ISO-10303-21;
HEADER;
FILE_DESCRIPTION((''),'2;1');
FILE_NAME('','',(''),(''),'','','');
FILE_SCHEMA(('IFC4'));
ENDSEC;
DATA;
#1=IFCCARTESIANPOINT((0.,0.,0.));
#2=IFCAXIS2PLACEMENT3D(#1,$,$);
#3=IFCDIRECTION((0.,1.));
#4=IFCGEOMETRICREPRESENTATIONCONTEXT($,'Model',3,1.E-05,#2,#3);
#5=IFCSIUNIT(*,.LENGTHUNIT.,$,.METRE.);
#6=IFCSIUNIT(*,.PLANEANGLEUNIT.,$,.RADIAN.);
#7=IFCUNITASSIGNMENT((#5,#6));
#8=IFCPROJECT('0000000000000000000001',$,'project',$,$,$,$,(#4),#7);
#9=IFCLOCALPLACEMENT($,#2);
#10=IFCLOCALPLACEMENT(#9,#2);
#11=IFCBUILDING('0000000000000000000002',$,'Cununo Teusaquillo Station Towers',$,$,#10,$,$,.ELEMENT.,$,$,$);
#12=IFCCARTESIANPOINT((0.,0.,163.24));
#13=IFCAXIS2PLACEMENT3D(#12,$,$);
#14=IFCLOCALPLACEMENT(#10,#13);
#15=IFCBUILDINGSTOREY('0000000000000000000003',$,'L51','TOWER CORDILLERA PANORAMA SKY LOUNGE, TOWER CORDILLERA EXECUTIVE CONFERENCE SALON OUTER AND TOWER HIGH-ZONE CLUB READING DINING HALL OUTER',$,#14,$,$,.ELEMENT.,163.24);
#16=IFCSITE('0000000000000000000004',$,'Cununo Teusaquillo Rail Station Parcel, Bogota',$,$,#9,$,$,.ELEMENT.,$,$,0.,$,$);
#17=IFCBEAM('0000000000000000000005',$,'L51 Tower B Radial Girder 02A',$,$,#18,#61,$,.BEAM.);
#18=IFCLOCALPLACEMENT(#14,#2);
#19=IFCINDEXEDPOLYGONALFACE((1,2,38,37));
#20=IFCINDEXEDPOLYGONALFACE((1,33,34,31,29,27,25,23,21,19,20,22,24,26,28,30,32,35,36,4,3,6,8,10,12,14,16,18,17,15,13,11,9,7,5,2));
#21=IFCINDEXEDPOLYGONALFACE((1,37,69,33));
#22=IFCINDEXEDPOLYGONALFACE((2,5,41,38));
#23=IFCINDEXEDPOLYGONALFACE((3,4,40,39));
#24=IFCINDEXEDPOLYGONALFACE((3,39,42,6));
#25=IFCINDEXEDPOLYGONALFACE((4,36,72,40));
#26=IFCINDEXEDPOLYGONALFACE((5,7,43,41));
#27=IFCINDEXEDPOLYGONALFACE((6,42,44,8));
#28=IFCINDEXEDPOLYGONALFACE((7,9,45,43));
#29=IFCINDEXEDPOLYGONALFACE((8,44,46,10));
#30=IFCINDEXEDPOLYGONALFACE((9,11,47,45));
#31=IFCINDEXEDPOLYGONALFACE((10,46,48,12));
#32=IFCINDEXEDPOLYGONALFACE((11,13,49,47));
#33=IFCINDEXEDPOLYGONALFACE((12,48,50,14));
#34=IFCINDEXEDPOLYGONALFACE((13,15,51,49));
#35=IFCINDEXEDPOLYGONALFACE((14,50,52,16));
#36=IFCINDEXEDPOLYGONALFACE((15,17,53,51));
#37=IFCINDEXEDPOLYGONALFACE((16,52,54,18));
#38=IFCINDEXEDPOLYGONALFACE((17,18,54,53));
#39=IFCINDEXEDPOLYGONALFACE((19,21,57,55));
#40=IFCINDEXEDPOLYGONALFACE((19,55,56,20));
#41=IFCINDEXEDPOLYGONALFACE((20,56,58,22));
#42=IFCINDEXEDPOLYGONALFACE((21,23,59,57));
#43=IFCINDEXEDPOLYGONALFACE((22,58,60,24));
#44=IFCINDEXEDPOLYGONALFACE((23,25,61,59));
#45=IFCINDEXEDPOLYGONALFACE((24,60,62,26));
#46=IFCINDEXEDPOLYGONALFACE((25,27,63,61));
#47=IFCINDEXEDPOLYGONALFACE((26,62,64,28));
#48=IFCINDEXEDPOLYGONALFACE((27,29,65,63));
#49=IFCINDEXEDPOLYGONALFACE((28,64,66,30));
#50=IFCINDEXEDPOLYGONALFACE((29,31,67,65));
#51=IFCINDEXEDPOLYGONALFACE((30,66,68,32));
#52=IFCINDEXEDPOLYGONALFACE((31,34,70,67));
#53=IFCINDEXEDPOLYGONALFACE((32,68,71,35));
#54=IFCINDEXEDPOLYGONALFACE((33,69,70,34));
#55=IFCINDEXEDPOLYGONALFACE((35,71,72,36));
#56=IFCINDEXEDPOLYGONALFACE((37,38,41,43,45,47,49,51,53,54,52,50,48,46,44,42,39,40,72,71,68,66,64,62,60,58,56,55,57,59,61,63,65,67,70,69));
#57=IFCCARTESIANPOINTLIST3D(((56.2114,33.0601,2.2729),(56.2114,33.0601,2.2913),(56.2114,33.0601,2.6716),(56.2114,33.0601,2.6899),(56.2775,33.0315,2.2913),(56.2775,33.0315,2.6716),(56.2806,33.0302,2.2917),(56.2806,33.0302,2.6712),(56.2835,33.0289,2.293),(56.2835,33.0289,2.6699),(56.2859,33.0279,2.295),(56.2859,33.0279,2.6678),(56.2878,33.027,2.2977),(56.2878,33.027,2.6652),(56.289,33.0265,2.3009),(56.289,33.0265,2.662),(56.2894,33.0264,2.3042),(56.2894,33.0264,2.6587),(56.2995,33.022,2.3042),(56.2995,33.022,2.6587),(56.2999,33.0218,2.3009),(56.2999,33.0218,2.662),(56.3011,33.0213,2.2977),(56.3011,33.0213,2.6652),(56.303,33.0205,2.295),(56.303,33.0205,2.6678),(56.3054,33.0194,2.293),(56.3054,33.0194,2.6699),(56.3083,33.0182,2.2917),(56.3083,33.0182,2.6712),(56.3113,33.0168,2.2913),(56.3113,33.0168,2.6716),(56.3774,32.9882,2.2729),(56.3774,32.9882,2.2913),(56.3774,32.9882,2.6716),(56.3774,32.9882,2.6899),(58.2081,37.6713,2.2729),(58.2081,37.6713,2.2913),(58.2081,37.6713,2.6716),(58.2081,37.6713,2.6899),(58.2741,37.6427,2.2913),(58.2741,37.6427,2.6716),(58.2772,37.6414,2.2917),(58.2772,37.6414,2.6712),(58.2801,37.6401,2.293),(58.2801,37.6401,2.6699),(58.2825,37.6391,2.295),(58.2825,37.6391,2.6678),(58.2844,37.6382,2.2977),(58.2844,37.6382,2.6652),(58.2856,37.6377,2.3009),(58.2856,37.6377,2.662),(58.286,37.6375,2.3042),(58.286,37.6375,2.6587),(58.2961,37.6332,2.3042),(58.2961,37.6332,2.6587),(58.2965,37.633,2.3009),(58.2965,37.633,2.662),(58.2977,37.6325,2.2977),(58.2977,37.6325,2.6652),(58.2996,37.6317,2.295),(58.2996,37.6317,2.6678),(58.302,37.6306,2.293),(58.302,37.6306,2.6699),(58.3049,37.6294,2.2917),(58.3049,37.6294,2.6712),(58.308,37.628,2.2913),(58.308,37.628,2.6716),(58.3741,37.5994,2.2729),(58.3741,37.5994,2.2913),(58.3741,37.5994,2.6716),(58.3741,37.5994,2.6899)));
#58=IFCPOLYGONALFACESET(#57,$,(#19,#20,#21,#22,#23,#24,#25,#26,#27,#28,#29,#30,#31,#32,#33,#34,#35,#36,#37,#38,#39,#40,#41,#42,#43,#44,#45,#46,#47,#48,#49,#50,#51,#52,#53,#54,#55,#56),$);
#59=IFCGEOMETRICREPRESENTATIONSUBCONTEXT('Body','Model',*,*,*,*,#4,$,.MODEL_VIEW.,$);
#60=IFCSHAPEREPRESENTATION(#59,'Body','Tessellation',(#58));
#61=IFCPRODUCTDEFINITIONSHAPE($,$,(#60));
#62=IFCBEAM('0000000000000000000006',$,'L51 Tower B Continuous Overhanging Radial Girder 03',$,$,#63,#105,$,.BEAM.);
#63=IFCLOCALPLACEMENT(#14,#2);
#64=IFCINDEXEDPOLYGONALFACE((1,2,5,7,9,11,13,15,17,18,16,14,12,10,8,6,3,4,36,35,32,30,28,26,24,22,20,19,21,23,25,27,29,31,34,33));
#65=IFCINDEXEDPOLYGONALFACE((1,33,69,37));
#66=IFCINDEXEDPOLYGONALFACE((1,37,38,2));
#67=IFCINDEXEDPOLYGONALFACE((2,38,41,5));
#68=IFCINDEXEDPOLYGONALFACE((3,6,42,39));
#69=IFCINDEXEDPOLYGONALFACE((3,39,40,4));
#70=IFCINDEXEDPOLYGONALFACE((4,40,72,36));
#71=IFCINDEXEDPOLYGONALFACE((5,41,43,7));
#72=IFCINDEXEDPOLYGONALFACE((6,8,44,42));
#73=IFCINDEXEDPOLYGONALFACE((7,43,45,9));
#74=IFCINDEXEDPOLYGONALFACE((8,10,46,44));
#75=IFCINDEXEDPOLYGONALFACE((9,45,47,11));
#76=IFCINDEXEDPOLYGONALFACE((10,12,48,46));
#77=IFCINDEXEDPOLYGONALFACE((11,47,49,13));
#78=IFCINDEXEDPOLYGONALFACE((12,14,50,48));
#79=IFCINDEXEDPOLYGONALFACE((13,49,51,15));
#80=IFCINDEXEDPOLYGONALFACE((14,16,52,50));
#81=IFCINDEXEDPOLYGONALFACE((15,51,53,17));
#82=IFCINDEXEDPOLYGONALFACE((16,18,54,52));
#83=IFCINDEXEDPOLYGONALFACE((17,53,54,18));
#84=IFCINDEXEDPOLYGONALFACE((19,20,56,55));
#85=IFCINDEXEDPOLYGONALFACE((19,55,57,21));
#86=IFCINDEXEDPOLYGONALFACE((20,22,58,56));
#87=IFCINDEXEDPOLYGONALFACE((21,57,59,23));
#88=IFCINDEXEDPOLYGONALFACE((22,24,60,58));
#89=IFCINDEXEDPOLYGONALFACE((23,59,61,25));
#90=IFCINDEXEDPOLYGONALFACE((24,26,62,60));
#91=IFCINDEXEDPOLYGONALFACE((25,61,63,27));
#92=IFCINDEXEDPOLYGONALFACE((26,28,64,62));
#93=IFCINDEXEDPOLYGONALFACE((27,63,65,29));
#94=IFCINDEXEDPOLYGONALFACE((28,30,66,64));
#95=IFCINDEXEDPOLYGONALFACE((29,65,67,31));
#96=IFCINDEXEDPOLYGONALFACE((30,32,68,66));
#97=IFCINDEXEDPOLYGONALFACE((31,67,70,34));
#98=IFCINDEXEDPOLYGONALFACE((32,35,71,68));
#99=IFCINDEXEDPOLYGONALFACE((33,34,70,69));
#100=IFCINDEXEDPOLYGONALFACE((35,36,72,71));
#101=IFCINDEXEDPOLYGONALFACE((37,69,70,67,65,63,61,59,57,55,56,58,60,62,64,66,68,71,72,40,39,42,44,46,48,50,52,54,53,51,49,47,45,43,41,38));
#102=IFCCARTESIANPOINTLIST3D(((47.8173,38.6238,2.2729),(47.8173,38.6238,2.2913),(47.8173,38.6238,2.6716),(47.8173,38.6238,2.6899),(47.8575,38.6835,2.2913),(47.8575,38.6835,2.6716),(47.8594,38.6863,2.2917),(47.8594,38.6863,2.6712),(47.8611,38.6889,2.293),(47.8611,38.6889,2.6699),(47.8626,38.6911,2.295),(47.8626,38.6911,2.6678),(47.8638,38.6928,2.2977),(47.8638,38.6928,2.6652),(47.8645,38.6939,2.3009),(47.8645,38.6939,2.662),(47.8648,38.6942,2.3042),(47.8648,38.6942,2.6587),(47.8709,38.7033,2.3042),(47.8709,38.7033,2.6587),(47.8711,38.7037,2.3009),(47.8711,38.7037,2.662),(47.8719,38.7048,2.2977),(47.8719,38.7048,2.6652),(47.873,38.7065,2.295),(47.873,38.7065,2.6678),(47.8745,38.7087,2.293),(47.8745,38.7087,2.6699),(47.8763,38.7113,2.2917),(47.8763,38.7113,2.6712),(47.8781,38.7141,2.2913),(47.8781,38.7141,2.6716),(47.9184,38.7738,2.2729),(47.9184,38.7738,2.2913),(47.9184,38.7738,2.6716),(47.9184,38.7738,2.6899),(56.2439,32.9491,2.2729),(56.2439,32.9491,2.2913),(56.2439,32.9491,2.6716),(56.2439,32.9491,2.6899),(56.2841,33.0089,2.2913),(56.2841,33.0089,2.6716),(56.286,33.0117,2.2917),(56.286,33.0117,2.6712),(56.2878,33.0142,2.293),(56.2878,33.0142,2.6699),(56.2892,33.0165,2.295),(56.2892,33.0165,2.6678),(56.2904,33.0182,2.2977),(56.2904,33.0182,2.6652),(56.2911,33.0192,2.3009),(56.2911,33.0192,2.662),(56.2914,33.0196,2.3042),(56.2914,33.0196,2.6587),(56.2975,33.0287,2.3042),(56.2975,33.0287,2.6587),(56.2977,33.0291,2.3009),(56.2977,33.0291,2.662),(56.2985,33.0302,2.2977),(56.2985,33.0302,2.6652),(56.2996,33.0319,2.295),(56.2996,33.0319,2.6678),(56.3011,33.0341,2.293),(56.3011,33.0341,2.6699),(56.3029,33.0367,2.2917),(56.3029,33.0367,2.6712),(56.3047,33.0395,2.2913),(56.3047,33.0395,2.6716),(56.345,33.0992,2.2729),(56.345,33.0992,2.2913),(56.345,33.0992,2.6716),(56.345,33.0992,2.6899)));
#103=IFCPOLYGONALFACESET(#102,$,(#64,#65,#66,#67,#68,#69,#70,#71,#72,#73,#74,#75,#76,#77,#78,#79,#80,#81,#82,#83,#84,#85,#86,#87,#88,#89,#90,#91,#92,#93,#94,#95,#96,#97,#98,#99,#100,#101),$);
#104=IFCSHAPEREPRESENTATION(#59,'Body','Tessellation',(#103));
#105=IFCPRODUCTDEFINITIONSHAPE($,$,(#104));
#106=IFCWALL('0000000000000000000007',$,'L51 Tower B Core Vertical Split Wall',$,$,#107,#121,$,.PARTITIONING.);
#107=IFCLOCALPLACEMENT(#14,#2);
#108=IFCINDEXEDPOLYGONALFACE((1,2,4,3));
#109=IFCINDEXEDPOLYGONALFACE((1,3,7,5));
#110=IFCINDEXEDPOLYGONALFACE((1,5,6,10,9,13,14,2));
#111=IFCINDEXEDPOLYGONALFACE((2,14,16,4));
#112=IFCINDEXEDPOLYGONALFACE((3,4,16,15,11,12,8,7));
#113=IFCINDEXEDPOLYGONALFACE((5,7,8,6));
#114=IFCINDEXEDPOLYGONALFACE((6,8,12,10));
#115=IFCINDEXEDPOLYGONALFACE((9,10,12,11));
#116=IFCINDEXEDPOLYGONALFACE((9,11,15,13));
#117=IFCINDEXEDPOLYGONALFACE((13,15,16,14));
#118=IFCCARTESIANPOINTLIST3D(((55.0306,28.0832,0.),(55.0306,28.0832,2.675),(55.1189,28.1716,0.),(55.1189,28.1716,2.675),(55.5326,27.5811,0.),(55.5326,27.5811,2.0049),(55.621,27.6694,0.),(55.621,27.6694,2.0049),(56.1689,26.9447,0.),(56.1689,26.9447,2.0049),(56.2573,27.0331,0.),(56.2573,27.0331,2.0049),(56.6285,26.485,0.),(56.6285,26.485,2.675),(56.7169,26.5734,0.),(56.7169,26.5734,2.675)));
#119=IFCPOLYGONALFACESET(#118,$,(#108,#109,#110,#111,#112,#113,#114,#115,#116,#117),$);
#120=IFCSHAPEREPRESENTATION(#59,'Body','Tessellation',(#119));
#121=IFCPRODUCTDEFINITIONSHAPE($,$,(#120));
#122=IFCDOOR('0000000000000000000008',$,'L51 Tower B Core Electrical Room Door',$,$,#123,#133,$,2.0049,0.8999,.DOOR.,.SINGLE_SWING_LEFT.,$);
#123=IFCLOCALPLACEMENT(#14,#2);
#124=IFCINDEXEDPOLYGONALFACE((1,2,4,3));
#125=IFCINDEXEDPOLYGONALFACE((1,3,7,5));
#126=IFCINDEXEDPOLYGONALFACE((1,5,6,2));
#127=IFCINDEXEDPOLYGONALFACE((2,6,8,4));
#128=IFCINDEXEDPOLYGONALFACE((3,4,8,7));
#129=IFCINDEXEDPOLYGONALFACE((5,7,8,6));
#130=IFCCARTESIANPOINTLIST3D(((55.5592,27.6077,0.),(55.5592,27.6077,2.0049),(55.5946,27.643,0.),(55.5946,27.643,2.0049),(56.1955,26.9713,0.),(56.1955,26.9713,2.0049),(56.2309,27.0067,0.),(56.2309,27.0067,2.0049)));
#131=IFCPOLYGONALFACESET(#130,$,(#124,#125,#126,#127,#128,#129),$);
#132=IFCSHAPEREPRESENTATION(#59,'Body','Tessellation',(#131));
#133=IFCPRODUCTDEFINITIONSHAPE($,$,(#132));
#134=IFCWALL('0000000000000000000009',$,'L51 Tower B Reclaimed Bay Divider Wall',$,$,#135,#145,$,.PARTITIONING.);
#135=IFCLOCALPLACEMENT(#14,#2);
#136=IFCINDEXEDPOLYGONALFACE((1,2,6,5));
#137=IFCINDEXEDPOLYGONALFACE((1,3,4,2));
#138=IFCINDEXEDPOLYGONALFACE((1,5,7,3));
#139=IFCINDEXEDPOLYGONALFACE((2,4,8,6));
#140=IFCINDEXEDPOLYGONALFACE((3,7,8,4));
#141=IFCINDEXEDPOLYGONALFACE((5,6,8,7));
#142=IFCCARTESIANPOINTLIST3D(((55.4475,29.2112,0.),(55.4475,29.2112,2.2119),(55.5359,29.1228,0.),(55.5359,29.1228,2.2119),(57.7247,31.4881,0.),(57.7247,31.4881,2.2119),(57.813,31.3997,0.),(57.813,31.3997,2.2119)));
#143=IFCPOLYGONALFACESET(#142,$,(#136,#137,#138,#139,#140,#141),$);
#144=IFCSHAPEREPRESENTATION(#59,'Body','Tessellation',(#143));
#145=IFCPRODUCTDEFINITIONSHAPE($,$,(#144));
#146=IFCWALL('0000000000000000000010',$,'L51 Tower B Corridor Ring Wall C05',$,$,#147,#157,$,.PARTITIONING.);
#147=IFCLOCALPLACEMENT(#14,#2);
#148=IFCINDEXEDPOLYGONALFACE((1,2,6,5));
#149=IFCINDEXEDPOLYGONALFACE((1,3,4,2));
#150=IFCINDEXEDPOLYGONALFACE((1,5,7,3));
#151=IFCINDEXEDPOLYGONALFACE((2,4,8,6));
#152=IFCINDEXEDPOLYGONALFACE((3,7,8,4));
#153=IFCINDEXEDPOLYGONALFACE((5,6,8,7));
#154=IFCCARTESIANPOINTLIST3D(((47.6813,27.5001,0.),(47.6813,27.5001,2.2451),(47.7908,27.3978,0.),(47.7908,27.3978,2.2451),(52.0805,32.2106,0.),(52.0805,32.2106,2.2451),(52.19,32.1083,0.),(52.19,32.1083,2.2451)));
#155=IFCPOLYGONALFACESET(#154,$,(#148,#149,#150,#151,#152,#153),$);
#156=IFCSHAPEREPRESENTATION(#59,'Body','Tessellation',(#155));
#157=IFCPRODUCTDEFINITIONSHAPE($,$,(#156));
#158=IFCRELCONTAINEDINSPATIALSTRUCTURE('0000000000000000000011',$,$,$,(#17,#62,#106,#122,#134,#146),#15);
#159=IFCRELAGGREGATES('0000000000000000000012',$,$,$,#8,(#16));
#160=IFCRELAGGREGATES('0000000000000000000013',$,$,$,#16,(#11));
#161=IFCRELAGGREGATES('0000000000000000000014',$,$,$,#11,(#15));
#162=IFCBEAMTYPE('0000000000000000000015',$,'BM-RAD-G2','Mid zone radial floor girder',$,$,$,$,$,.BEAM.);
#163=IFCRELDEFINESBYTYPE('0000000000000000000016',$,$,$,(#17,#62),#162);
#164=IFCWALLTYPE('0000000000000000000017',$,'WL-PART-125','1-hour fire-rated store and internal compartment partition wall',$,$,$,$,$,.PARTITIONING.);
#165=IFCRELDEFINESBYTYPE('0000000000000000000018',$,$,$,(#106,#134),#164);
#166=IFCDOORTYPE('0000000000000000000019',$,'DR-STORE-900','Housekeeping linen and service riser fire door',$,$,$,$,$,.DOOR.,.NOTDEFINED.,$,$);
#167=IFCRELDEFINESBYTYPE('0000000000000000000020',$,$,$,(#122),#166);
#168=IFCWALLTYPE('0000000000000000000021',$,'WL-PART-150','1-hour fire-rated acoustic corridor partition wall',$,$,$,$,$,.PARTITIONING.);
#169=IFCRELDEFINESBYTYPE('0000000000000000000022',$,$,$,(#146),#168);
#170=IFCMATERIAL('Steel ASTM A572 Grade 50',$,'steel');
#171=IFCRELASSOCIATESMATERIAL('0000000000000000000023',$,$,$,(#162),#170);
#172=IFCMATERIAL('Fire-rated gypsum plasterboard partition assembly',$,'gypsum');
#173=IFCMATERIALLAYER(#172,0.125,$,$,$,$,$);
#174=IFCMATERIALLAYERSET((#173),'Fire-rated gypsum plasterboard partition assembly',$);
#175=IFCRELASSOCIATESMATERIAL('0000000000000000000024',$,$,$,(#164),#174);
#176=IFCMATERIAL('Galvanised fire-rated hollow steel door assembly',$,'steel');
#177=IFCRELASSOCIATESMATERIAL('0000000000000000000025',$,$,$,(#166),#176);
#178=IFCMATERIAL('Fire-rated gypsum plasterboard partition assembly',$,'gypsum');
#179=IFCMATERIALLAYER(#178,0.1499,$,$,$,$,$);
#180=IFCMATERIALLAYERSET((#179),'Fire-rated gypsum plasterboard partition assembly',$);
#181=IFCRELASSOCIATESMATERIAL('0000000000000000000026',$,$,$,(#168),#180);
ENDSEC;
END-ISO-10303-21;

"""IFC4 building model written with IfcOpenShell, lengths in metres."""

from ifc_helpers import new_model, si_unit, direction, frame, frame_2d, origin, origin_2d, place, context, subcontext, project, spatial, rectangle, i_section, extrude, source, transform, mapped, material, layer, layer_set, material_profile, profile_set, type_object, element, fill, save


model = new_model("IFC4")

# Units and contexts
model_context = context("Model", 3, precision=1e-05, world=origin(), true_north=direction((0.0, 1.0)))
body_context = subcontext(model_context, "Body", "Model", "MODEL_VIEW")
ifc_project = project(units=[si_unit("LENGTHUNIT", "METRE"), si_unit("PLANEANGLEUNIT", "RADIAN")], contexts=[model_context])

# Site, building, storey
site_placement = place(None, origin())
site = spatial("IfcSite", under=ifc_project, at=site_placement, Name="Cununo Teusaquillo Rail Station Parcel, Bogota", CompositionType="ELEMENT", RefElevation=0.0)
building_placement = place(site_placement, origin())
building = spatial("IfcBuilding", under=site, at=building_placement, Name="Cununo Teusaquillo Station Towers", CompositionType="ELEMENT")
storey_placement = place(building_placement, frame((0.0, 0.0, 163.24)))
storey = spatial("IfcBuildingStorey", under=building, at=storey_placement, Name="L51", Description="TOWER CORDILLERA PANORAMA SKY LOUNGE, TOWER CORDILLERA EXECUTIVE CONFERENCE SALON OUTER AND TOWER HIGH-ZONE CLUB READING DINING HALL OUTER", CompositionType="ELEMENT", Elevation=163.24)

# Beams
ifc_material_1 = material(Name="Steel ASTM A572 Grade 50", Category="steel")
ifc_material_profile_1 = material_profile(ifc_material_1, i_section(OverallWidth=0.1809, OverallDepth=0.417, WebThickness=0.011, FlangeThickness=0.0183, FilletRadius=0.0129, at=origin_2d()), Name="W16X57")
ifc_profile_set_1 = profile_set([ifc_material_profile_1], Name="Steel ASTM A572 Grade 50")
beam_type_1 = type_object("IfcBeamType", Name="BM-RAD-G2", Description="Mid zone radial floor girder", PredefinedType="BEAM", material=ifc_profile_set_1)
beam_1_placement = place(storey_placement, frame((56.2944, 33.0242, 2.4814), z_axis=(0.397347, 0.917668, 0.0), x_axis=(-0.917668, 0.397347, 0.0)))
element("IfcBeam", 1, at=beam_1_placement, inside=storey, type_object=beam_type_1, Name="L51 Tower B Radial Girder 02A", PredefinedType="BEAM", context=body_context, shape_type="SweptSolid", body=[
    extrude(i_section(OverallWidth=0.1809, OverallDepth=0.417, WebThickness=0.011, FlangeThickness=0.0183, FilletRadius=0.0129, at=origin_2d()), origin(), (0.0, 0.0, 1.0), 5.0249),
])
beam_2_placement = place(storey_placement, frame((56.2944, 33.0242, 2.4814), z_axis=(-0.829457, 0.558571, 0.0), x_axis=(-0.558571, -0.829457, 0.0)))
element("IfcBeam", 2, at=beam_2_placement, inside=storey, type_object=beam_type_1, Name="L51 Tower B Continuous Overhanging Radial Girder 03", PredefinedType="BEAM", context=body_context, shape_type="SweptSolid", body=[
    extrude(i_section(OverallWidth=0.1809, OverallDepth=0.417, WebThickness=0.011, FlangeThickness=0.0183, FilletRadius=0.0129, at=origin_2d()), origin(), (0.0, 0.0, 1.0), 10.1592),
])

# Wall, opening, door
ifc_material_2 = material(Name="Fire-rated gypsum plasterboard partition assembly", Category="gypsum")
ifc_layer_1 = layer(ifc_material_2, 0.125)
ifc_layer_set_1 = layer_set([ifc_layer_1], Name="Fire-rated gypsum plasterboard partition assembly")
wall_type_1 = type_object("IfcWallType", Name="WL-PART-125", Description="1-hour fire-rated store and internal compartment partition wall", PredefinedType="PARTITIONING", material=ifc_layer_set_1)
wall_1_placement = place(storey_placement, frame((56.6726, 26.5293, 0.0), z_axis=(0.0, 0.0, 1.0), x_axis=(-0.707053, 0.707161, 0.0)))
wall_1 = element("IfcWall", 3, at=wall_1_placement, inside=storey, type_object=wall_type_1, Name="L51 Tower B Core Vertical Split Wall", PredefinedType="PARTITIONING", context=body_context, shape_type="SweptSolid", body=[
    extrude(rectangle(XDim=2.26, YDim=0.125, at=frame_2d((1.1299, 0.0))), origin(), (0.0, 0.0, 1.0), 2.675),
])
shared_shape_1 = source(origin(), body_context, "Body", "SweptSolid", [
    extrude(rectangle(XDim=0.8999, YDim=2.0049, at=frame_2d((0.45, 1.0024))), frame((0.0, 0.0725, 0.0), z_axis=(0.0, -1.0, 0.0), x_axis=(1.0, 0.0, 0.0)), (0.0, 0.0, 1.0), 0.145),
])
opening_1_placement = place(wall_1_placement, frame((0.6499, 0.0, 0.0)))
opening_1 = element("IfcOpeningElement", 4, at=opening_1_placement, cuts=wall_1, PredefinedType="OPENING", context=body_context, shape_type="MappedRepresentation", body=[
    mapped(shared_shape_1, transform((0.0, 0.0, 0.0), x_axis=(1.0, 0.0, 0.0), y_axis=(0.0, 1.0, 0.0), z_axis=(0.0, 0.0, 1.0), scale=1.0)),
])
ifc_material_3 = material(Name="Galvanised fire-rated hollow steel door assembly", Category="steel")
door_type_1 = type_object("IfcDoorType", Name="DR-STORE-900", Description="Housekeeping linen and service riser fire door", OperationType="NOTDEFINED", PredefinedType="DOOR", material=ifc_material_3)
shared_shape_2 = source(origin(), body_context, "Body", "SweptSolid", [
    extrude(rectangle(XDim=0.8999, YDim=2.0049, at=frame_2d((0.45, 1.0024))), frame((0.0, 0.0249, 0.0), z_axis=(0.0, -1.0, 0.0), x_axis=(1.0, 0.0, 0.0)), (0.0, 0.0, 1.0), 0.05),
])
door_1_placement = place(opening_1_placement, origin())
door_1 = element("IfcDoor", 5, at=door_1_placement, inside=storey, type_object=door_type_1, Name="L51 Tower B Core Electrical Room Door", OperationType="SINGLE_SWING_LEFT", OverallHeight=2.0049, OverallWidth=0.8999, PredefinedType="DOOR", context=body_context, shape_type="MappedRepresentation", body=[
    mapped(shared_shape_2, transform((0.0, 0.0, 0.0), x_axis=(1.0, 0.0, 0.0), y_axis=(0.0, 1.0, 0.0), z_axis=(0.0, 0.0, 1.0), scale=1.0)),
])
fill(opening_1, door_1)

# Walls
wall_2_placement = place(storey_placement, frame((55.4917, 29.167, 0.0), z_axis=(0.0, 0.0, 1.0), x_axis=(0.707145, 0.707069, 0.0)))
element("IfcWall", 6, at=wall_2_placement, inside=storey, type_object=wall_type_1, Name="L51 Tower B Reclaimed Bay Divider Wall", PredefinedType="PARTITIONING", context=body_context, shape_type="SweptSolid", body=[
    extrude(rectangle(XDim=3.2202, YDim=0.125, at=frame_2d((1.6101, 0.0))), origin(), (0.0, 0.0, 1.0), 2.2119),
])
ifc_material_4 = material(Name="Fire-rated gypsum plasterboard partition assembly", Category="gypsum")
ifc_layer_2 = layer(ifc_material_4, 0.1499)
ifc_layer_set_2 = layer_set([ifc_layer_2], Name="Fire-rated gypsum plasterboard partition assembly")
wall_type_2 = type_object("IfcWallType", Name="WL-PART-150", Description="1-hour fire-rated acoustic corridor partition wall", PredefinedType="PARTITIONING", material=ifc_layer_set_2)
wall_3_placement = place(storey_placement, frame((52.1353, 32.1594, 0.0), z_axis=(0.0, 0.0, 1.0), x_axis=(-0.682546, -0.730842, 0.0)))
element("IfcWall", 7, at=wall_3_placement, inside=storey, type_object=wall_type_2, Name="L51 Tower B Corridor Ring Wall C05", PredefinedType="PARTITIONING", context=body_context, shape_type="SweptSolid", body=[
    extrude(rectangle(XDim=6.4453, YDim=0.1499, at=frame_2d((3.2227, 0.0))), origin(), (0.0, 0.0, 1.0), 2.2451),
])

save(model, "model.ifc")
